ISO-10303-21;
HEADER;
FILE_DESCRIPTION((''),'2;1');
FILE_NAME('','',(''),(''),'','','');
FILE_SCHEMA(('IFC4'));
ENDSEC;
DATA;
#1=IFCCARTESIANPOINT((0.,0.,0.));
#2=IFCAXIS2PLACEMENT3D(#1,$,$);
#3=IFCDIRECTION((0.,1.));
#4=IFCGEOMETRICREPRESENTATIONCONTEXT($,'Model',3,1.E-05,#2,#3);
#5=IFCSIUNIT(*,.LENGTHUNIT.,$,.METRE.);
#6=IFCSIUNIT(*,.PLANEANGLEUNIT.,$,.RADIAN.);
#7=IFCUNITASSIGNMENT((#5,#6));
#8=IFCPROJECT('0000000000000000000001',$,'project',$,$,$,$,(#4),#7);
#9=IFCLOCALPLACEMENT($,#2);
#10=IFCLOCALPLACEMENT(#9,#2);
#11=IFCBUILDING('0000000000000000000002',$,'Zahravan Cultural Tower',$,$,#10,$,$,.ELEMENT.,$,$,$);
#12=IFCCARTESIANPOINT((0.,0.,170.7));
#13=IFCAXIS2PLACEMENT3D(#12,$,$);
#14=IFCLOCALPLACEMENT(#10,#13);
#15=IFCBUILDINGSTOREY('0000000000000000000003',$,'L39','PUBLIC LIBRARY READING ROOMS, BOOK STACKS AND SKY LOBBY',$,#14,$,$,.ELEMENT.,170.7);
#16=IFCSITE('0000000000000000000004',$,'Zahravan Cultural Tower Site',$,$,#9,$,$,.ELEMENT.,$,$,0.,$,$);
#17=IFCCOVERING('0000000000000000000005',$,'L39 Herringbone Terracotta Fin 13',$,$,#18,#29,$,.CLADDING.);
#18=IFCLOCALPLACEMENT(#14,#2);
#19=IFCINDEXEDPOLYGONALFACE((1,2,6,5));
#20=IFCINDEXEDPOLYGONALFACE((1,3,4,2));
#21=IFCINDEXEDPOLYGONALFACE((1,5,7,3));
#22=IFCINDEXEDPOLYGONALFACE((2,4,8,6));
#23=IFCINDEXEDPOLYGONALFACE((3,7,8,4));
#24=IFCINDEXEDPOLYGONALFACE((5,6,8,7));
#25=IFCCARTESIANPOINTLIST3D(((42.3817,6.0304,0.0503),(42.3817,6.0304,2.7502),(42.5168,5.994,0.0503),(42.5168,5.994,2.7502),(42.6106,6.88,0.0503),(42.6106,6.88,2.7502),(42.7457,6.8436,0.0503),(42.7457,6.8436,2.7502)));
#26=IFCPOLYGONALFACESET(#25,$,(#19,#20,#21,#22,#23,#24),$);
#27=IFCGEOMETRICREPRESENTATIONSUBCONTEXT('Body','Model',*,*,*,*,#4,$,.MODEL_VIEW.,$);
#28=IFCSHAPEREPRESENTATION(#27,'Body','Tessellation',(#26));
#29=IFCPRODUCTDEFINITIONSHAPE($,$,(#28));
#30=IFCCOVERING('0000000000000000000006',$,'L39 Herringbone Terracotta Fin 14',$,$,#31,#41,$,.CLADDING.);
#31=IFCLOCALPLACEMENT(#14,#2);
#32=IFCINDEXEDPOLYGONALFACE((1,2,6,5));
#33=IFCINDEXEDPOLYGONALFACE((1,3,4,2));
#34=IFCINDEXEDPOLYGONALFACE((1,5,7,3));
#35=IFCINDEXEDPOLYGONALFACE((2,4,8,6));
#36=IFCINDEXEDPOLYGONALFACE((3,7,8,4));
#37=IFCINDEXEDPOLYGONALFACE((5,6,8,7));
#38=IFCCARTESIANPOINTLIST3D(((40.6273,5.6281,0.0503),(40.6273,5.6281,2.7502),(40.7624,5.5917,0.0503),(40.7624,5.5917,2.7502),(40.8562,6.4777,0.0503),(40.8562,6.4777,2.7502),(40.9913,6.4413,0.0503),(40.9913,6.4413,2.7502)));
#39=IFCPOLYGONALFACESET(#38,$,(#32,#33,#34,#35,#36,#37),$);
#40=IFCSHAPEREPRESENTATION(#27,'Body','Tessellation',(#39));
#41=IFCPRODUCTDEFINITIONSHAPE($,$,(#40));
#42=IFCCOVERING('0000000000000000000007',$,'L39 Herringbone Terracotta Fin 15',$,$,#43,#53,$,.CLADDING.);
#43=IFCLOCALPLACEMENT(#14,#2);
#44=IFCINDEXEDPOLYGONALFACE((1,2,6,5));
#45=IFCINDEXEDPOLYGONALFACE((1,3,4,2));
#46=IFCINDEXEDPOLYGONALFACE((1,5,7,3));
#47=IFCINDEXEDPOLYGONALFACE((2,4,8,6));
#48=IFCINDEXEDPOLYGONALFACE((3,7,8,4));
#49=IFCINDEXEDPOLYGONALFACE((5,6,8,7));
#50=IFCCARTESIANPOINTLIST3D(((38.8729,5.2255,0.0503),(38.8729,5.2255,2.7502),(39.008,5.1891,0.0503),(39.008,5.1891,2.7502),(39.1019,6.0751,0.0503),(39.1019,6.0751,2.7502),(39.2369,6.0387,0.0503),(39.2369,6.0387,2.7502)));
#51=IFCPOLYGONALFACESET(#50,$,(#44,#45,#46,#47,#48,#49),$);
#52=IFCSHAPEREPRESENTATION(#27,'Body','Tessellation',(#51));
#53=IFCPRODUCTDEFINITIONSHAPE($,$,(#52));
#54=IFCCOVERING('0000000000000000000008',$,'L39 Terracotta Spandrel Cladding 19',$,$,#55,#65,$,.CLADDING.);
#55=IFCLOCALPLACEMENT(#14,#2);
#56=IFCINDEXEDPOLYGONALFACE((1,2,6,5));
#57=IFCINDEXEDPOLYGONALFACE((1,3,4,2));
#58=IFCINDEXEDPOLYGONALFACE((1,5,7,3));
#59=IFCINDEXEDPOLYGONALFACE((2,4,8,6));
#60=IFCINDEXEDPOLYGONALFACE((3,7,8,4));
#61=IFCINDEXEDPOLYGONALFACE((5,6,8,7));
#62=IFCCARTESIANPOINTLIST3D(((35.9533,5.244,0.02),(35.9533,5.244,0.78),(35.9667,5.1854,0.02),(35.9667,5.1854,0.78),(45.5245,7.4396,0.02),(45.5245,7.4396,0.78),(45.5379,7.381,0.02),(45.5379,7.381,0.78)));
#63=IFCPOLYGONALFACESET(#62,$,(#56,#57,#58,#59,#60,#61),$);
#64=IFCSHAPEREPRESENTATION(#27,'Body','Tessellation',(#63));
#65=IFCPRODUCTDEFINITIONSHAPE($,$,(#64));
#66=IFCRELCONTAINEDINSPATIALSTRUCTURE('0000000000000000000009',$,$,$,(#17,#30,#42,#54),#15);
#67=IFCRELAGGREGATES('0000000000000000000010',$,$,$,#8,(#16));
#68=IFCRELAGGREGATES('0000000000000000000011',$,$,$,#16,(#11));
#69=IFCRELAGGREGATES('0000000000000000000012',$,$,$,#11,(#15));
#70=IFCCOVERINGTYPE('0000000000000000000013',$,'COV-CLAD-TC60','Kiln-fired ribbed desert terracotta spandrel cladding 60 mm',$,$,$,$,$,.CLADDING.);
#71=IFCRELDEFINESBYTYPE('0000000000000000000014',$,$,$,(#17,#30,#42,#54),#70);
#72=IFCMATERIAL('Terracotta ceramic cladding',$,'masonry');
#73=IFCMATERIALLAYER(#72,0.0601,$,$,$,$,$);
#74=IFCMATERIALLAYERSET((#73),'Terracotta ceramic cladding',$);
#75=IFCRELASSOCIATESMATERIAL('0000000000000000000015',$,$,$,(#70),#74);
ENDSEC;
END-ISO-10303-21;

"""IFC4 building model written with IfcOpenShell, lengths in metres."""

from ifc_helpers import new_model, si_unit, direction, frame, origin, origin_2d, place, context, subcontext, project, spatial, rectangle, extrude, source, transform, mapped, material, layer, layer_set, type_object, element, save


model = new_model("IFC4")

# Units and contexts
model_context = context("Model", 3, precision=1e-05, world=origin(), true_north=direction((0.0, 1.0)))
body_context = subcontext(model_context, "Body", "Model", "MODEL_VIEW")
ifc_project = project(units=[si_unit("LENGTHUNIT", "METRE"), si_unit("PLANEANGLEUNIT", "RADIAN")], contexts=[model_context])

# Site, building, storey
site_placement = place(None, origin())
site = spatial("IfcSite", under=ifc_project, at=site_placement, Name="Zahravan Cultural Tower Site", CompositionType="ELEMENT", RefElevation=0.0)
building_placement = place(site_placement, origin())
building = spatial("IfcBuilding", under=site, at=building_placement, Name="Zahravan Cultural Tower", CompositionType="ELEMENT")
storey_placement = place(building_placement, frame((0.0, 0.0, 170.7)))
storey = spatial("IfcBuildingStorey", under=building, at=storey_placement, Name="L39", Description="PUBLIC LIBRARY READING ROOMS, BOOK STACKS AND SKY LOBBY", CompositionType="ELEMENT", Elevation=170.7)

# Coverings
ifc_material_1 = material(Name="Terracotta ceramic cladding", Category="masonry")
ifc_layer_1 = layer(ifc_material_1, 0.0601)
ifc_layer_set_1 = layer_set([ifc_layer_1], Name="Terracotta ceramic cladding")
covering_type = type_object("IfcCoveringType", Name="COV-CLAD-TC60", Description="Kiln-fired ribbed desert terracotta spandrel cladding 60 mm", PredefinedType="CLADDING", material=ifc_layer_set_1)
shared_shape_1 = source(origin(), body_context, "Body", "SweptSolid", [
    extrude(rectangle(XDim=0.8799, YDim=0.1399, at=origin_2d()), origin(), (0.0, 0.0, 1.0), 2.7),
])
for number, where, z_axis, x_axis, name in (
    (1, (42.5637, 6.437, 0.0503), (0.0, 0.0, 1.0), (-0.260167, -0.965564, 0.0), "L39 Herringbone Terracotta Fin 13"),
    (2, (40.8093, 6.0347, 0.0503), (0.0, 0.0, 1.0), (-0.260167, -0.965564, 0.0), "L39 Herringbone Terracotta Fin 14"),
    (3, (39.0549, 5.6321, 0.0503), (0.0, 0.0, 1.0), (-0.260167, -0.965564, 0.0), "L39 Herringbone Terracotta Fin 15"),
):
    element("IfcCovering", number, at=place(storey_placement, frame(where, z_axis=z_axis, x_axis=x_axis)), inside=storey, type_object=covering_type, Name=name, PredefinedType="CLADDING", context=body_context, shape_type="MappedRepresentation", body=[
        mapped(shared_shape_1, transform((0.0, 0.0, 0.0), x_axis=(1.0, 0.0, 0.0), y_axis=(0.0, 1.0, 0.0), z_axis=(0.0, 0.0, 1.0), scale=1.0)),
    ])
shared_shape_2 = source(origin(), body_context, "Body", "SweptSolid", [
    extrude(rectangle(XDim=9.8198, YDim=0.0601, at=origin_2d()), origin(), (0.0, 0.0, 1.0), 0.76),
])
covering_placement = place(storey_placement, frame((40.7456, 6.3125, 0.02), z_axis=(0.0, 0.0, 1.0), x_axis=(-0.974683, -0.22359, 0.0)))
element("IfcCovering", 4, at=covering_placement, inside=storey, type_object=covering_type, Name="L39 Terracotta Spandrel Cladding 19", PredefinedType="CLADDING", context=body_context, shape_type="MappedRepresentation", body=[
    mapped(shared_shape_2, transform((0.0, 0.0, 0.0), x_axis=(1.0, 0.0, 0.0), y_axis=(0.0, 1.0, 0.0), z_axis=(0.0, 0.0, 1.0), scale=1.0)),
])

save(model, "model.ifc")
